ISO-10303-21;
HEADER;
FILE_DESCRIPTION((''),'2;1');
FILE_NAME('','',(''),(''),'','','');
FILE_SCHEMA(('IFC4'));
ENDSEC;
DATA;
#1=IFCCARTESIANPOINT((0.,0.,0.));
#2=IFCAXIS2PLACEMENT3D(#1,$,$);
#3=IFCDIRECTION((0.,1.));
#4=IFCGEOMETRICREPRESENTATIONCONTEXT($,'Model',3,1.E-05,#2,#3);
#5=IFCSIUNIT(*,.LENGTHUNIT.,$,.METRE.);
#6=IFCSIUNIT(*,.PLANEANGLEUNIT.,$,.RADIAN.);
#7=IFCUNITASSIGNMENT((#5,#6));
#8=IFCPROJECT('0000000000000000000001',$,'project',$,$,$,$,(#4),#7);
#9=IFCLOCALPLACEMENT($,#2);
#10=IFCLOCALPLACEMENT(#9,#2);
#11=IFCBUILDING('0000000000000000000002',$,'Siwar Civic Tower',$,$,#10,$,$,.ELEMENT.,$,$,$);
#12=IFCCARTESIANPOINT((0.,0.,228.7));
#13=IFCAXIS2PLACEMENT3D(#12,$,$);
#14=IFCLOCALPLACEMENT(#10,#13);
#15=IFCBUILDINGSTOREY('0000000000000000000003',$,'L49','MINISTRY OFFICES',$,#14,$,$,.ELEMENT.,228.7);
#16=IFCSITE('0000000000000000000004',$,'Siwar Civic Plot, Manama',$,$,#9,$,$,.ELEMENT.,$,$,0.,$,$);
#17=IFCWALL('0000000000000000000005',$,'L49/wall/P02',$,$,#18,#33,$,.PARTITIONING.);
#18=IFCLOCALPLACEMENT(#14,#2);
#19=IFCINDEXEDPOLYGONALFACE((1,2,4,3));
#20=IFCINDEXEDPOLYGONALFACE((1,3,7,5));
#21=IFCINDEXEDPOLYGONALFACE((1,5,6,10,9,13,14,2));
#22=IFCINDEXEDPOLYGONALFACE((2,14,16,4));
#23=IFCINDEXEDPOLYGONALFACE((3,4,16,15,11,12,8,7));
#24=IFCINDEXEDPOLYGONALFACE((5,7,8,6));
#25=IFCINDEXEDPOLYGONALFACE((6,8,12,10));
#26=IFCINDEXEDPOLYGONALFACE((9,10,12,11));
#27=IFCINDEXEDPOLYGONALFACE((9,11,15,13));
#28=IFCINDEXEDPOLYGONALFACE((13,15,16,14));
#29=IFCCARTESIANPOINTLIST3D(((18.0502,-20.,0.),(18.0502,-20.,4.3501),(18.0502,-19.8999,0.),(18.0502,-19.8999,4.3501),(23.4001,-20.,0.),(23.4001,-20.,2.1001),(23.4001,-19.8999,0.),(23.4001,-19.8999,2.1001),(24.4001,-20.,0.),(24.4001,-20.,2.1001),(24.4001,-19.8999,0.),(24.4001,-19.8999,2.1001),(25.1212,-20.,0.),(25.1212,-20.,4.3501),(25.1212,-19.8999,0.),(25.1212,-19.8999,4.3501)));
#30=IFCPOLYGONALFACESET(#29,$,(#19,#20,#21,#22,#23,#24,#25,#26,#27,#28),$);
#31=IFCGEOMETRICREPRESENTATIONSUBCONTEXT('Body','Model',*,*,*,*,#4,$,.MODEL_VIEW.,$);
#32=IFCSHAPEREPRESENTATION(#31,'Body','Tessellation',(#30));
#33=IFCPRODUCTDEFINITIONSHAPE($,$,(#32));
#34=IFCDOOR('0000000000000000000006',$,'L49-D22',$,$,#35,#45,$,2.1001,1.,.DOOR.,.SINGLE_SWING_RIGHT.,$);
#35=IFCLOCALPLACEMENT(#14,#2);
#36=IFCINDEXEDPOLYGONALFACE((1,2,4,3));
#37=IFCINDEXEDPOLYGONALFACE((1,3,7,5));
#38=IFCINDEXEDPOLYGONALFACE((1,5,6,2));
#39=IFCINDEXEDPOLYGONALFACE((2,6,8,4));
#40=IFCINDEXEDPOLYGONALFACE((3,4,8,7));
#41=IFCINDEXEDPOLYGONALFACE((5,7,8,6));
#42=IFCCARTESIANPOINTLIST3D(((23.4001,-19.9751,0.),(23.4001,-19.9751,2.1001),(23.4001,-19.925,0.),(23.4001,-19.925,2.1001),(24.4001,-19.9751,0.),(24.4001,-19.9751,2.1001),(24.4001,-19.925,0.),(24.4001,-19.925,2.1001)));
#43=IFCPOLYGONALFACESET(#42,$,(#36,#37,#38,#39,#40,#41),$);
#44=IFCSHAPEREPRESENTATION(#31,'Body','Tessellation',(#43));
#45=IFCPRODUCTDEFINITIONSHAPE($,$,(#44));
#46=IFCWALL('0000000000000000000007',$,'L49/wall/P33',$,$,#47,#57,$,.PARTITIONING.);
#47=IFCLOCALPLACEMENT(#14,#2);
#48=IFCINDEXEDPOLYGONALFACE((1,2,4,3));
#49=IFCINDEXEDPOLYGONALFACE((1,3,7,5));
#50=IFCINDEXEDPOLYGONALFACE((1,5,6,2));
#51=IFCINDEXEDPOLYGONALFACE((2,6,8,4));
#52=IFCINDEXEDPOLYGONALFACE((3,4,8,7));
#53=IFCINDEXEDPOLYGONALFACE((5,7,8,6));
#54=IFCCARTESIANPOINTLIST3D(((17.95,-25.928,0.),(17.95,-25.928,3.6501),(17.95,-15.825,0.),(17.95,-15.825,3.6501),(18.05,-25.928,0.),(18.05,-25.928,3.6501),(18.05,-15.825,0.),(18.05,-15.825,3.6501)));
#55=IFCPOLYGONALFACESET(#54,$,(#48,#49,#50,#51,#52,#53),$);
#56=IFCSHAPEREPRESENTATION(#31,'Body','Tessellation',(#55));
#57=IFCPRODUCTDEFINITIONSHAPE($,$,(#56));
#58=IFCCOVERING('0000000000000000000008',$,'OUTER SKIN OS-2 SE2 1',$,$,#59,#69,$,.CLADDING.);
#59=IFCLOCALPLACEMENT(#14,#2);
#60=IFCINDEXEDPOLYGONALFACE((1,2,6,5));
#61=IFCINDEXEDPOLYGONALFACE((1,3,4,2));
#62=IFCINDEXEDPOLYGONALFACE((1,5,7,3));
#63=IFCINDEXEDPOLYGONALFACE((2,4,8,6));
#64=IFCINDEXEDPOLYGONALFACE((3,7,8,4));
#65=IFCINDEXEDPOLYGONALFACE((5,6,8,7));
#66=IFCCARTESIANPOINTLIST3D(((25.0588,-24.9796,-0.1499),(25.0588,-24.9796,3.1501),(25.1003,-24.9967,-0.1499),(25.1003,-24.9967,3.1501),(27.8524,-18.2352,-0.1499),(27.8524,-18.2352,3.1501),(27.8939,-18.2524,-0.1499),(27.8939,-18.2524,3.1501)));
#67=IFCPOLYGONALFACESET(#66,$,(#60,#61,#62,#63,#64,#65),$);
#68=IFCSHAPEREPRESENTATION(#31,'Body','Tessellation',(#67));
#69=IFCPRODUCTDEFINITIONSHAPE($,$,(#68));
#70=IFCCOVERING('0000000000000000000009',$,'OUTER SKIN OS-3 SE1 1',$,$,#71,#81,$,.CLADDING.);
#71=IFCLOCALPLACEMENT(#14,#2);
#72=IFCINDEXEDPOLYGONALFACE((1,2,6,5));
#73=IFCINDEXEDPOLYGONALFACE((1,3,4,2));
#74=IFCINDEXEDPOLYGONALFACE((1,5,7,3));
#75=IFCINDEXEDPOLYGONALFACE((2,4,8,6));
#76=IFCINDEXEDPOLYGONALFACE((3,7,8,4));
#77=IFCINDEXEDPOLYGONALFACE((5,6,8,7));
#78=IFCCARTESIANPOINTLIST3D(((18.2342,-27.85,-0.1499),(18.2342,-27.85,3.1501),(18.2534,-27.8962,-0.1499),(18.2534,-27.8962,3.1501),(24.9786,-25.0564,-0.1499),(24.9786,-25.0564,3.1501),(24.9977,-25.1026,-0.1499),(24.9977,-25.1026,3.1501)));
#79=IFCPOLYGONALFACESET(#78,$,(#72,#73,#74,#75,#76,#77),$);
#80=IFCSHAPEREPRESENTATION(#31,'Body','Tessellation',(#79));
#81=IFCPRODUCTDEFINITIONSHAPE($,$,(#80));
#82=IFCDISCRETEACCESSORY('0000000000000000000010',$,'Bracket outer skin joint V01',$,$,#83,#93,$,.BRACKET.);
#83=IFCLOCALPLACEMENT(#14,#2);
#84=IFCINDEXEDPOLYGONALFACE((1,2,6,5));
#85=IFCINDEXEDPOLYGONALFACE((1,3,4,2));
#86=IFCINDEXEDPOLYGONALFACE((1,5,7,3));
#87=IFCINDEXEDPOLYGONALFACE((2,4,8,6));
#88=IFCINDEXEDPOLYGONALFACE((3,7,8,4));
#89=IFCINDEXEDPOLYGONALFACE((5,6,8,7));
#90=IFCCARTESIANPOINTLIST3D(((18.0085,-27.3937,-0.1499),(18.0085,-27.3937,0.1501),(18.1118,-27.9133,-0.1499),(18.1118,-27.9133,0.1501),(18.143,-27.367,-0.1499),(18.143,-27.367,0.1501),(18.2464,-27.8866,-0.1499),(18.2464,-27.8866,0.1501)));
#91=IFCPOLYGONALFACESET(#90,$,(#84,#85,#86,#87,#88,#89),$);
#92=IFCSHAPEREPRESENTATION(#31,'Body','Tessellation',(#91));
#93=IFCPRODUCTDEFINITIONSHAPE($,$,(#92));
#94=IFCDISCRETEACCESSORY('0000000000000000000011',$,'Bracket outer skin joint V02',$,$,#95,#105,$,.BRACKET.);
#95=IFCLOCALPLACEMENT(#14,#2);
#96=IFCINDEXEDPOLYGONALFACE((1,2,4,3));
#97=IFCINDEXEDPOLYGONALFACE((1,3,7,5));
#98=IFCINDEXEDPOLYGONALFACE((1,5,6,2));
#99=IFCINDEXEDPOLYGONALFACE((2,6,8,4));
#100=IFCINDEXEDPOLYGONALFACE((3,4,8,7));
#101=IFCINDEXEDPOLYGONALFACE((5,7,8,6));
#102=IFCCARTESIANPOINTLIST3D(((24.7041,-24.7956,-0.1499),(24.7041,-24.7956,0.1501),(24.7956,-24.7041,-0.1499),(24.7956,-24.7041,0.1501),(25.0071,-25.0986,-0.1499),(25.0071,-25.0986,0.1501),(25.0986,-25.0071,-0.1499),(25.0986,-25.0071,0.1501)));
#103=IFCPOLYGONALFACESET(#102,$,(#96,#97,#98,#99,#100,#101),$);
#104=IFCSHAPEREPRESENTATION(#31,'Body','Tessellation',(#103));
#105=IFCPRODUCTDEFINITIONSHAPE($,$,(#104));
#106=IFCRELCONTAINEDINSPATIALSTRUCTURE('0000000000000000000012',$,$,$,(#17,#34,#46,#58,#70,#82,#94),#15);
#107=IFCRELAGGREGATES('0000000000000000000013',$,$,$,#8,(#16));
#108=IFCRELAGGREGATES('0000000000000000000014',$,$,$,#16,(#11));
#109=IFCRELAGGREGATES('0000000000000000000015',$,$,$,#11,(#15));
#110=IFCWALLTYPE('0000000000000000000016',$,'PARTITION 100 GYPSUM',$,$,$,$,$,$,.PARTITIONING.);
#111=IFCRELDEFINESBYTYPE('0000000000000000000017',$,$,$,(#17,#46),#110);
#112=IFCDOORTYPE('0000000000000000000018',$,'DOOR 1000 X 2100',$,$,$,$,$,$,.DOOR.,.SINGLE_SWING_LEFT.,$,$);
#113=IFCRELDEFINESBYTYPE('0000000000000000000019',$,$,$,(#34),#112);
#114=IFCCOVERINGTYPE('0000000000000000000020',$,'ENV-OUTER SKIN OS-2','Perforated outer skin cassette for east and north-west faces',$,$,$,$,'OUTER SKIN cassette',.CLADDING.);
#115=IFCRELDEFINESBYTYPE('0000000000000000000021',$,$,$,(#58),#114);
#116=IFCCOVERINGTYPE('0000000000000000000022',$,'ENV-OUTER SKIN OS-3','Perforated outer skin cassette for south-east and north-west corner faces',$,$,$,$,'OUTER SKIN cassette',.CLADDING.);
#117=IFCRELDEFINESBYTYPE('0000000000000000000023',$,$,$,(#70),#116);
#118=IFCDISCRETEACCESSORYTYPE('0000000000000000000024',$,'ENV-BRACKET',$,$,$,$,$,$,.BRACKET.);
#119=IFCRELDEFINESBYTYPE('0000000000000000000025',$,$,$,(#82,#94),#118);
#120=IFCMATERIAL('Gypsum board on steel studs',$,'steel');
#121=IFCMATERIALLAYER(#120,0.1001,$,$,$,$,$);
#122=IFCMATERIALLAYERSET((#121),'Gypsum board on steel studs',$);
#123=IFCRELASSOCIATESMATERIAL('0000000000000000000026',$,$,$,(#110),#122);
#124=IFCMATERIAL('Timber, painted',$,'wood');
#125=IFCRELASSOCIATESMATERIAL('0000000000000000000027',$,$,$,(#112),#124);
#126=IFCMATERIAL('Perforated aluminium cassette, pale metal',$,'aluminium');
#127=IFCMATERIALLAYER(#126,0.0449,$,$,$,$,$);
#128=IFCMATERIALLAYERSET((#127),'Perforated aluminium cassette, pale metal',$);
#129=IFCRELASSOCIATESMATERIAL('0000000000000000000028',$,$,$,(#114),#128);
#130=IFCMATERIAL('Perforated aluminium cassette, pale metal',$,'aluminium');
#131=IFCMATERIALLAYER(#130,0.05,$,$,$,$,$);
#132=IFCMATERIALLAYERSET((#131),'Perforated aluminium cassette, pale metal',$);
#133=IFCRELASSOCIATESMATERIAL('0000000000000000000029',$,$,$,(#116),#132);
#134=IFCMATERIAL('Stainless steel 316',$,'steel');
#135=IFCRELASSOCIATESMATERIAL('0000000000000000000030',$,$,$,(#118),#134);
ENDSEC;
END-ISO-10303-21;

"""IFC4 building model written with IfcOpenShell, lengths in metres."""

from ifc_helpers import new_model, si_unit, direction, frame, frame_2d, origin, origin_2d, place, context, subcontext, project, spatial, rectangle, extrude, material, layer, layer_set, type_object, element, fill, save


model = new_model("IFC4")

# Units and contexts
model_context = context("Model", 3, precision=1e-05, world=origin(), true_north=direction((0.0, 1.0)))
body_context = subcontext(model_context, "Body", "Model", "MODEL_VIEW")
ifc_project = project(units=[si_unit("LENGTHUNIT", "METRE"), si_unit("PLANEANGLEUNIT", "RADIAN")], contexts=[model_context])

# Site, building, storey
site_placement = place(None, origin())
site = spatial("IfcSite", under=ifc_project, at=site_placement, Name="Siwar Civic Plot, Manama", CompositionType="ELEMENT", RefElevation=0.0)
building_placement = place(site_placement, origin())
building = spatial("IfcBuilding", under=site, at=building_placement, Name="Siwar Civic Tower", CompositionType="ELEMENT")
storey_placement = place(building_placement, frame((0.0, 0.0, 228.7)))
storey = spatial("IfcBuildingStorey", under=building, at=storey_placement, Name="L49", Description="MINISTRY OFFICES", CompositionType="ELEMENT", Elevation=228.7)

# Wall, opening, door
ifc_material_1 = material(Name="Gypsum board on steel studs", Category="steel")
ifc_layer_1 = layer(ifc_material_1, 0.1001)
ifc_layer_set_1 = layer_set([ifc_layer_1], Name="Gypsum board on steel studs")
wall_type = type_object("IfcWallType", Name="PARTITION 100 GYPSUM", PredefinedType="PARTITIONING", material=ifc_layer_set_1)
wall_1_placement = place(storey_placement, frame((18.05, -19.95, 0.0), z_axis=(0.0, 0.0, 1.0), x_axis=(1.0, 0.0, 0.0)))
wall_1 = element("IfcWall", 1, at=wall_1_placement, inside=storey, type_object=wall_type, Name="L49/wall/P02", PredefinedType="PARTITIONING", context=body_context, shape_type="SweptSolid", body=[
    extrude(rectangle(XDim=7.071, YDim=0.1001, at=frame_2d((3.5356, 0.0))), origin(), (0.0, 0.0, 1.0), 4.3501),
])
opening_placement = place(wall_1_placement, frame((5.3501, 0.0, 0.0)))
opening = element("IfcOpeningElement", 2, at=opening_placement, cuts=wall_1, PredefinedType="OPENING", context=body_context, shape_type="SweptSolid", body=[
    extrude(rectangle(XDim=1.0, YDim=2.1001, at=frame_2d((0.5, 1.05))), frame((0.0, 0.0601, 0.0), z_axis=(0.0, -1.0, 0.0), x_axis=(1.0, 0.0, 0.0)), (0.0, 0.0, 1.0), 0.1201),
])
ifc_material_2 = material(Name="Timber, painted", Category="wood")
door_type = type_object("IfcDoorType", Name="DOOR 1000 X 2100", OperationType="SINGLE_SWING_LEFT", PredefinedType="DOOR", material=ifc_material_2)
door_placement = place(opening_placement, origin())
door = element("IfcDoor", 3, at=door_placement, inside=storey, type_object=door_type, Name="L49-D22", OperationType="SINGLE_SWING_RIGHT", OverallHeight=2.1001, OverallWidth=1.0, PredefinedType="DOOR", context=body_context, shape_type="SweptSolid", body=[
    extrude(rectangle(XDim=1.0, YDim=2.1001, at=frame_2d((0.5, 1.05))), frame((0.0, 0.0249, 0.0), z_axis=(0.0, -1.0, 0.0), x_axis=(1.0, 0.0, 0.0)), (0.0, 0.0, 1.0), 0.05),
])
fill(opening, door)

# Wall
wall_2_placement = place(storey_placement, frame((18.0, -25.928, 0.0), z_axis=(0.0, 0.0, 1.0), x_axis=(0.0, 1.0, 0.0)))
element("IfcWall", 4, at=wall_2_placement, inside=storey, type_object=wall_type, Name="L49/wall/P33", PredefinedType="PARTITIONING", context=body_context, shape_type="SweptSolid", body=[
    extrude(rectangle(XDim=10.103, YDim=0.1001, at=frame_2d((5.0515, 0.0))), origin(), (0.0, 0.0, 1.0), 3.6501),
])

# Coverings
ifc_material_3 = material(Name="Perforated aluminium cassette, pale metal", Category="aluminium")
ifc_layer_2 = layer(ifc_material_3, 0.0449)
ifc_layer_set_2 = layer_set([ifc_layer_2], Name="Perforated aluminium cassette, pale metal")
covering_type_1 = type_object("IfcCoveringType", Name="ENV-OUTER SKIN OS-2", Description="Perforated outer skin cassette for east and north-west faces", ElementType="OUTER SKIN cassette", PredefinedType="CLADDING", material=ifc_layer_set_2)
covering_1_placement = place(storey_placement, frame((26.4763, -21.616, -0.1499), z_axis=(0.0, 0.0, 1.0), x_axis=(0.382683, 0.92388, 0.0)))
element("IfcCovering", 5, at=covering_1_placement, inside=storey, type_object=covering_type_1, Name="OUTER SKIN OS-2 SE2 1", PredefinedType="CLADDING", context=body_context, shape_type="SweptSolid", body=[
    extrude(rectangle(XDim=7.3, YDim=0.0449, at=origin_2d()), origin(), (0.0, 0.0, 1.0), 3.3),
])
ifc_material_4 = material(Name="Perforated aluminium cassette, pale metal", Category="aluminium")
ifc_layer_3 = layer(ifc_material_4, 0.05)
ifc_layer_set_3 = layer_set([ifc_layer_3], Name="Perforated aluminium cassette, pale metal")
covering_type_2 = type_object("IfcCoveringType", Name="ENV-OUTER SKIN OS-3", Description="Perforated outer skin cassette for south-east and north-west corner faces", ElementType="OUTER SKIN cassette", PredefinedType="CLADDING", material=ifc_layer_set_3)
covering_2_placement = place(storey_placement, frame((21.616, -26.4763, -0.1499), z_axis=(0.0, 0.0, 1.0), x_axis=(0.92388, 0.382683, 0.0)))
element("IfcCovering", 6, at=covering_2_placement, inside=storey, type_object=covering_type_2, Name="OUTER SKIN OS-3 SE1 1", PredefinedType="CLADDING", context=body_context, shape_type="SweptSolid", body=[
    extrude(rectangle(XDim=7.3, YDim=0.05, at=origin_2d()), origin(), (0.0, 0.0, 1.0), 3.3),
])

# Discrete accessories
ifc_material_5 = material(Name="Stainless steel 316", Category="steel")
discrete_accessory_type = type_object("IfcDiscreteAccessoryType", Name="ENV-BRACKET", PredefinedType="BRACKET", material=ifc_material_5)
discrete_accessory_1_placement = place(storey_placement, frame((18.1274, -27.6401, -0.1499), z_axis=(0.0, 0.0, 1.0), x_axis=(0.19509, -0.980785, 0.0)))
element("IfcDiscreteAccessory", 7, at=discrete_accessory_1_placement, inside=storey, type_object=discrete_accessory_type, Name="Bracket outer skin joint V01", PredefinedType="BRACKET", context=body_context, shape_type="SweptSolid", body=[
    extrude(rectangle(XDim=0.5298, YDim=0.1372, at=origin_2d()), origin(), (0.0, 0.0, 1.0), 0.3),
])
discrete_accessory_2_placement = place(storey_placement, frame((24.9014, -24.9014, -0.1499), z_axis=(0.0, 0.0, 1.0), x_axis=(0.707107, -0.707107, 0.0)))
element("IfcDiscreteAccessory", 8, at=discrete_accessory_2_placement, inside=storey, type_object=discrete_accessory_type, Name="Bracket outer skin joint V02", PredefinedType="BRACKET", context=body_context, shape_type="SweptSolid", body=[
    extrude(rectangle(XDim=0.4285, YDim=0.1294, at=origin_2d()), origin(), (0.0, 0.0, 1.0), 0.3),
])

save(model, "model.ifc")
